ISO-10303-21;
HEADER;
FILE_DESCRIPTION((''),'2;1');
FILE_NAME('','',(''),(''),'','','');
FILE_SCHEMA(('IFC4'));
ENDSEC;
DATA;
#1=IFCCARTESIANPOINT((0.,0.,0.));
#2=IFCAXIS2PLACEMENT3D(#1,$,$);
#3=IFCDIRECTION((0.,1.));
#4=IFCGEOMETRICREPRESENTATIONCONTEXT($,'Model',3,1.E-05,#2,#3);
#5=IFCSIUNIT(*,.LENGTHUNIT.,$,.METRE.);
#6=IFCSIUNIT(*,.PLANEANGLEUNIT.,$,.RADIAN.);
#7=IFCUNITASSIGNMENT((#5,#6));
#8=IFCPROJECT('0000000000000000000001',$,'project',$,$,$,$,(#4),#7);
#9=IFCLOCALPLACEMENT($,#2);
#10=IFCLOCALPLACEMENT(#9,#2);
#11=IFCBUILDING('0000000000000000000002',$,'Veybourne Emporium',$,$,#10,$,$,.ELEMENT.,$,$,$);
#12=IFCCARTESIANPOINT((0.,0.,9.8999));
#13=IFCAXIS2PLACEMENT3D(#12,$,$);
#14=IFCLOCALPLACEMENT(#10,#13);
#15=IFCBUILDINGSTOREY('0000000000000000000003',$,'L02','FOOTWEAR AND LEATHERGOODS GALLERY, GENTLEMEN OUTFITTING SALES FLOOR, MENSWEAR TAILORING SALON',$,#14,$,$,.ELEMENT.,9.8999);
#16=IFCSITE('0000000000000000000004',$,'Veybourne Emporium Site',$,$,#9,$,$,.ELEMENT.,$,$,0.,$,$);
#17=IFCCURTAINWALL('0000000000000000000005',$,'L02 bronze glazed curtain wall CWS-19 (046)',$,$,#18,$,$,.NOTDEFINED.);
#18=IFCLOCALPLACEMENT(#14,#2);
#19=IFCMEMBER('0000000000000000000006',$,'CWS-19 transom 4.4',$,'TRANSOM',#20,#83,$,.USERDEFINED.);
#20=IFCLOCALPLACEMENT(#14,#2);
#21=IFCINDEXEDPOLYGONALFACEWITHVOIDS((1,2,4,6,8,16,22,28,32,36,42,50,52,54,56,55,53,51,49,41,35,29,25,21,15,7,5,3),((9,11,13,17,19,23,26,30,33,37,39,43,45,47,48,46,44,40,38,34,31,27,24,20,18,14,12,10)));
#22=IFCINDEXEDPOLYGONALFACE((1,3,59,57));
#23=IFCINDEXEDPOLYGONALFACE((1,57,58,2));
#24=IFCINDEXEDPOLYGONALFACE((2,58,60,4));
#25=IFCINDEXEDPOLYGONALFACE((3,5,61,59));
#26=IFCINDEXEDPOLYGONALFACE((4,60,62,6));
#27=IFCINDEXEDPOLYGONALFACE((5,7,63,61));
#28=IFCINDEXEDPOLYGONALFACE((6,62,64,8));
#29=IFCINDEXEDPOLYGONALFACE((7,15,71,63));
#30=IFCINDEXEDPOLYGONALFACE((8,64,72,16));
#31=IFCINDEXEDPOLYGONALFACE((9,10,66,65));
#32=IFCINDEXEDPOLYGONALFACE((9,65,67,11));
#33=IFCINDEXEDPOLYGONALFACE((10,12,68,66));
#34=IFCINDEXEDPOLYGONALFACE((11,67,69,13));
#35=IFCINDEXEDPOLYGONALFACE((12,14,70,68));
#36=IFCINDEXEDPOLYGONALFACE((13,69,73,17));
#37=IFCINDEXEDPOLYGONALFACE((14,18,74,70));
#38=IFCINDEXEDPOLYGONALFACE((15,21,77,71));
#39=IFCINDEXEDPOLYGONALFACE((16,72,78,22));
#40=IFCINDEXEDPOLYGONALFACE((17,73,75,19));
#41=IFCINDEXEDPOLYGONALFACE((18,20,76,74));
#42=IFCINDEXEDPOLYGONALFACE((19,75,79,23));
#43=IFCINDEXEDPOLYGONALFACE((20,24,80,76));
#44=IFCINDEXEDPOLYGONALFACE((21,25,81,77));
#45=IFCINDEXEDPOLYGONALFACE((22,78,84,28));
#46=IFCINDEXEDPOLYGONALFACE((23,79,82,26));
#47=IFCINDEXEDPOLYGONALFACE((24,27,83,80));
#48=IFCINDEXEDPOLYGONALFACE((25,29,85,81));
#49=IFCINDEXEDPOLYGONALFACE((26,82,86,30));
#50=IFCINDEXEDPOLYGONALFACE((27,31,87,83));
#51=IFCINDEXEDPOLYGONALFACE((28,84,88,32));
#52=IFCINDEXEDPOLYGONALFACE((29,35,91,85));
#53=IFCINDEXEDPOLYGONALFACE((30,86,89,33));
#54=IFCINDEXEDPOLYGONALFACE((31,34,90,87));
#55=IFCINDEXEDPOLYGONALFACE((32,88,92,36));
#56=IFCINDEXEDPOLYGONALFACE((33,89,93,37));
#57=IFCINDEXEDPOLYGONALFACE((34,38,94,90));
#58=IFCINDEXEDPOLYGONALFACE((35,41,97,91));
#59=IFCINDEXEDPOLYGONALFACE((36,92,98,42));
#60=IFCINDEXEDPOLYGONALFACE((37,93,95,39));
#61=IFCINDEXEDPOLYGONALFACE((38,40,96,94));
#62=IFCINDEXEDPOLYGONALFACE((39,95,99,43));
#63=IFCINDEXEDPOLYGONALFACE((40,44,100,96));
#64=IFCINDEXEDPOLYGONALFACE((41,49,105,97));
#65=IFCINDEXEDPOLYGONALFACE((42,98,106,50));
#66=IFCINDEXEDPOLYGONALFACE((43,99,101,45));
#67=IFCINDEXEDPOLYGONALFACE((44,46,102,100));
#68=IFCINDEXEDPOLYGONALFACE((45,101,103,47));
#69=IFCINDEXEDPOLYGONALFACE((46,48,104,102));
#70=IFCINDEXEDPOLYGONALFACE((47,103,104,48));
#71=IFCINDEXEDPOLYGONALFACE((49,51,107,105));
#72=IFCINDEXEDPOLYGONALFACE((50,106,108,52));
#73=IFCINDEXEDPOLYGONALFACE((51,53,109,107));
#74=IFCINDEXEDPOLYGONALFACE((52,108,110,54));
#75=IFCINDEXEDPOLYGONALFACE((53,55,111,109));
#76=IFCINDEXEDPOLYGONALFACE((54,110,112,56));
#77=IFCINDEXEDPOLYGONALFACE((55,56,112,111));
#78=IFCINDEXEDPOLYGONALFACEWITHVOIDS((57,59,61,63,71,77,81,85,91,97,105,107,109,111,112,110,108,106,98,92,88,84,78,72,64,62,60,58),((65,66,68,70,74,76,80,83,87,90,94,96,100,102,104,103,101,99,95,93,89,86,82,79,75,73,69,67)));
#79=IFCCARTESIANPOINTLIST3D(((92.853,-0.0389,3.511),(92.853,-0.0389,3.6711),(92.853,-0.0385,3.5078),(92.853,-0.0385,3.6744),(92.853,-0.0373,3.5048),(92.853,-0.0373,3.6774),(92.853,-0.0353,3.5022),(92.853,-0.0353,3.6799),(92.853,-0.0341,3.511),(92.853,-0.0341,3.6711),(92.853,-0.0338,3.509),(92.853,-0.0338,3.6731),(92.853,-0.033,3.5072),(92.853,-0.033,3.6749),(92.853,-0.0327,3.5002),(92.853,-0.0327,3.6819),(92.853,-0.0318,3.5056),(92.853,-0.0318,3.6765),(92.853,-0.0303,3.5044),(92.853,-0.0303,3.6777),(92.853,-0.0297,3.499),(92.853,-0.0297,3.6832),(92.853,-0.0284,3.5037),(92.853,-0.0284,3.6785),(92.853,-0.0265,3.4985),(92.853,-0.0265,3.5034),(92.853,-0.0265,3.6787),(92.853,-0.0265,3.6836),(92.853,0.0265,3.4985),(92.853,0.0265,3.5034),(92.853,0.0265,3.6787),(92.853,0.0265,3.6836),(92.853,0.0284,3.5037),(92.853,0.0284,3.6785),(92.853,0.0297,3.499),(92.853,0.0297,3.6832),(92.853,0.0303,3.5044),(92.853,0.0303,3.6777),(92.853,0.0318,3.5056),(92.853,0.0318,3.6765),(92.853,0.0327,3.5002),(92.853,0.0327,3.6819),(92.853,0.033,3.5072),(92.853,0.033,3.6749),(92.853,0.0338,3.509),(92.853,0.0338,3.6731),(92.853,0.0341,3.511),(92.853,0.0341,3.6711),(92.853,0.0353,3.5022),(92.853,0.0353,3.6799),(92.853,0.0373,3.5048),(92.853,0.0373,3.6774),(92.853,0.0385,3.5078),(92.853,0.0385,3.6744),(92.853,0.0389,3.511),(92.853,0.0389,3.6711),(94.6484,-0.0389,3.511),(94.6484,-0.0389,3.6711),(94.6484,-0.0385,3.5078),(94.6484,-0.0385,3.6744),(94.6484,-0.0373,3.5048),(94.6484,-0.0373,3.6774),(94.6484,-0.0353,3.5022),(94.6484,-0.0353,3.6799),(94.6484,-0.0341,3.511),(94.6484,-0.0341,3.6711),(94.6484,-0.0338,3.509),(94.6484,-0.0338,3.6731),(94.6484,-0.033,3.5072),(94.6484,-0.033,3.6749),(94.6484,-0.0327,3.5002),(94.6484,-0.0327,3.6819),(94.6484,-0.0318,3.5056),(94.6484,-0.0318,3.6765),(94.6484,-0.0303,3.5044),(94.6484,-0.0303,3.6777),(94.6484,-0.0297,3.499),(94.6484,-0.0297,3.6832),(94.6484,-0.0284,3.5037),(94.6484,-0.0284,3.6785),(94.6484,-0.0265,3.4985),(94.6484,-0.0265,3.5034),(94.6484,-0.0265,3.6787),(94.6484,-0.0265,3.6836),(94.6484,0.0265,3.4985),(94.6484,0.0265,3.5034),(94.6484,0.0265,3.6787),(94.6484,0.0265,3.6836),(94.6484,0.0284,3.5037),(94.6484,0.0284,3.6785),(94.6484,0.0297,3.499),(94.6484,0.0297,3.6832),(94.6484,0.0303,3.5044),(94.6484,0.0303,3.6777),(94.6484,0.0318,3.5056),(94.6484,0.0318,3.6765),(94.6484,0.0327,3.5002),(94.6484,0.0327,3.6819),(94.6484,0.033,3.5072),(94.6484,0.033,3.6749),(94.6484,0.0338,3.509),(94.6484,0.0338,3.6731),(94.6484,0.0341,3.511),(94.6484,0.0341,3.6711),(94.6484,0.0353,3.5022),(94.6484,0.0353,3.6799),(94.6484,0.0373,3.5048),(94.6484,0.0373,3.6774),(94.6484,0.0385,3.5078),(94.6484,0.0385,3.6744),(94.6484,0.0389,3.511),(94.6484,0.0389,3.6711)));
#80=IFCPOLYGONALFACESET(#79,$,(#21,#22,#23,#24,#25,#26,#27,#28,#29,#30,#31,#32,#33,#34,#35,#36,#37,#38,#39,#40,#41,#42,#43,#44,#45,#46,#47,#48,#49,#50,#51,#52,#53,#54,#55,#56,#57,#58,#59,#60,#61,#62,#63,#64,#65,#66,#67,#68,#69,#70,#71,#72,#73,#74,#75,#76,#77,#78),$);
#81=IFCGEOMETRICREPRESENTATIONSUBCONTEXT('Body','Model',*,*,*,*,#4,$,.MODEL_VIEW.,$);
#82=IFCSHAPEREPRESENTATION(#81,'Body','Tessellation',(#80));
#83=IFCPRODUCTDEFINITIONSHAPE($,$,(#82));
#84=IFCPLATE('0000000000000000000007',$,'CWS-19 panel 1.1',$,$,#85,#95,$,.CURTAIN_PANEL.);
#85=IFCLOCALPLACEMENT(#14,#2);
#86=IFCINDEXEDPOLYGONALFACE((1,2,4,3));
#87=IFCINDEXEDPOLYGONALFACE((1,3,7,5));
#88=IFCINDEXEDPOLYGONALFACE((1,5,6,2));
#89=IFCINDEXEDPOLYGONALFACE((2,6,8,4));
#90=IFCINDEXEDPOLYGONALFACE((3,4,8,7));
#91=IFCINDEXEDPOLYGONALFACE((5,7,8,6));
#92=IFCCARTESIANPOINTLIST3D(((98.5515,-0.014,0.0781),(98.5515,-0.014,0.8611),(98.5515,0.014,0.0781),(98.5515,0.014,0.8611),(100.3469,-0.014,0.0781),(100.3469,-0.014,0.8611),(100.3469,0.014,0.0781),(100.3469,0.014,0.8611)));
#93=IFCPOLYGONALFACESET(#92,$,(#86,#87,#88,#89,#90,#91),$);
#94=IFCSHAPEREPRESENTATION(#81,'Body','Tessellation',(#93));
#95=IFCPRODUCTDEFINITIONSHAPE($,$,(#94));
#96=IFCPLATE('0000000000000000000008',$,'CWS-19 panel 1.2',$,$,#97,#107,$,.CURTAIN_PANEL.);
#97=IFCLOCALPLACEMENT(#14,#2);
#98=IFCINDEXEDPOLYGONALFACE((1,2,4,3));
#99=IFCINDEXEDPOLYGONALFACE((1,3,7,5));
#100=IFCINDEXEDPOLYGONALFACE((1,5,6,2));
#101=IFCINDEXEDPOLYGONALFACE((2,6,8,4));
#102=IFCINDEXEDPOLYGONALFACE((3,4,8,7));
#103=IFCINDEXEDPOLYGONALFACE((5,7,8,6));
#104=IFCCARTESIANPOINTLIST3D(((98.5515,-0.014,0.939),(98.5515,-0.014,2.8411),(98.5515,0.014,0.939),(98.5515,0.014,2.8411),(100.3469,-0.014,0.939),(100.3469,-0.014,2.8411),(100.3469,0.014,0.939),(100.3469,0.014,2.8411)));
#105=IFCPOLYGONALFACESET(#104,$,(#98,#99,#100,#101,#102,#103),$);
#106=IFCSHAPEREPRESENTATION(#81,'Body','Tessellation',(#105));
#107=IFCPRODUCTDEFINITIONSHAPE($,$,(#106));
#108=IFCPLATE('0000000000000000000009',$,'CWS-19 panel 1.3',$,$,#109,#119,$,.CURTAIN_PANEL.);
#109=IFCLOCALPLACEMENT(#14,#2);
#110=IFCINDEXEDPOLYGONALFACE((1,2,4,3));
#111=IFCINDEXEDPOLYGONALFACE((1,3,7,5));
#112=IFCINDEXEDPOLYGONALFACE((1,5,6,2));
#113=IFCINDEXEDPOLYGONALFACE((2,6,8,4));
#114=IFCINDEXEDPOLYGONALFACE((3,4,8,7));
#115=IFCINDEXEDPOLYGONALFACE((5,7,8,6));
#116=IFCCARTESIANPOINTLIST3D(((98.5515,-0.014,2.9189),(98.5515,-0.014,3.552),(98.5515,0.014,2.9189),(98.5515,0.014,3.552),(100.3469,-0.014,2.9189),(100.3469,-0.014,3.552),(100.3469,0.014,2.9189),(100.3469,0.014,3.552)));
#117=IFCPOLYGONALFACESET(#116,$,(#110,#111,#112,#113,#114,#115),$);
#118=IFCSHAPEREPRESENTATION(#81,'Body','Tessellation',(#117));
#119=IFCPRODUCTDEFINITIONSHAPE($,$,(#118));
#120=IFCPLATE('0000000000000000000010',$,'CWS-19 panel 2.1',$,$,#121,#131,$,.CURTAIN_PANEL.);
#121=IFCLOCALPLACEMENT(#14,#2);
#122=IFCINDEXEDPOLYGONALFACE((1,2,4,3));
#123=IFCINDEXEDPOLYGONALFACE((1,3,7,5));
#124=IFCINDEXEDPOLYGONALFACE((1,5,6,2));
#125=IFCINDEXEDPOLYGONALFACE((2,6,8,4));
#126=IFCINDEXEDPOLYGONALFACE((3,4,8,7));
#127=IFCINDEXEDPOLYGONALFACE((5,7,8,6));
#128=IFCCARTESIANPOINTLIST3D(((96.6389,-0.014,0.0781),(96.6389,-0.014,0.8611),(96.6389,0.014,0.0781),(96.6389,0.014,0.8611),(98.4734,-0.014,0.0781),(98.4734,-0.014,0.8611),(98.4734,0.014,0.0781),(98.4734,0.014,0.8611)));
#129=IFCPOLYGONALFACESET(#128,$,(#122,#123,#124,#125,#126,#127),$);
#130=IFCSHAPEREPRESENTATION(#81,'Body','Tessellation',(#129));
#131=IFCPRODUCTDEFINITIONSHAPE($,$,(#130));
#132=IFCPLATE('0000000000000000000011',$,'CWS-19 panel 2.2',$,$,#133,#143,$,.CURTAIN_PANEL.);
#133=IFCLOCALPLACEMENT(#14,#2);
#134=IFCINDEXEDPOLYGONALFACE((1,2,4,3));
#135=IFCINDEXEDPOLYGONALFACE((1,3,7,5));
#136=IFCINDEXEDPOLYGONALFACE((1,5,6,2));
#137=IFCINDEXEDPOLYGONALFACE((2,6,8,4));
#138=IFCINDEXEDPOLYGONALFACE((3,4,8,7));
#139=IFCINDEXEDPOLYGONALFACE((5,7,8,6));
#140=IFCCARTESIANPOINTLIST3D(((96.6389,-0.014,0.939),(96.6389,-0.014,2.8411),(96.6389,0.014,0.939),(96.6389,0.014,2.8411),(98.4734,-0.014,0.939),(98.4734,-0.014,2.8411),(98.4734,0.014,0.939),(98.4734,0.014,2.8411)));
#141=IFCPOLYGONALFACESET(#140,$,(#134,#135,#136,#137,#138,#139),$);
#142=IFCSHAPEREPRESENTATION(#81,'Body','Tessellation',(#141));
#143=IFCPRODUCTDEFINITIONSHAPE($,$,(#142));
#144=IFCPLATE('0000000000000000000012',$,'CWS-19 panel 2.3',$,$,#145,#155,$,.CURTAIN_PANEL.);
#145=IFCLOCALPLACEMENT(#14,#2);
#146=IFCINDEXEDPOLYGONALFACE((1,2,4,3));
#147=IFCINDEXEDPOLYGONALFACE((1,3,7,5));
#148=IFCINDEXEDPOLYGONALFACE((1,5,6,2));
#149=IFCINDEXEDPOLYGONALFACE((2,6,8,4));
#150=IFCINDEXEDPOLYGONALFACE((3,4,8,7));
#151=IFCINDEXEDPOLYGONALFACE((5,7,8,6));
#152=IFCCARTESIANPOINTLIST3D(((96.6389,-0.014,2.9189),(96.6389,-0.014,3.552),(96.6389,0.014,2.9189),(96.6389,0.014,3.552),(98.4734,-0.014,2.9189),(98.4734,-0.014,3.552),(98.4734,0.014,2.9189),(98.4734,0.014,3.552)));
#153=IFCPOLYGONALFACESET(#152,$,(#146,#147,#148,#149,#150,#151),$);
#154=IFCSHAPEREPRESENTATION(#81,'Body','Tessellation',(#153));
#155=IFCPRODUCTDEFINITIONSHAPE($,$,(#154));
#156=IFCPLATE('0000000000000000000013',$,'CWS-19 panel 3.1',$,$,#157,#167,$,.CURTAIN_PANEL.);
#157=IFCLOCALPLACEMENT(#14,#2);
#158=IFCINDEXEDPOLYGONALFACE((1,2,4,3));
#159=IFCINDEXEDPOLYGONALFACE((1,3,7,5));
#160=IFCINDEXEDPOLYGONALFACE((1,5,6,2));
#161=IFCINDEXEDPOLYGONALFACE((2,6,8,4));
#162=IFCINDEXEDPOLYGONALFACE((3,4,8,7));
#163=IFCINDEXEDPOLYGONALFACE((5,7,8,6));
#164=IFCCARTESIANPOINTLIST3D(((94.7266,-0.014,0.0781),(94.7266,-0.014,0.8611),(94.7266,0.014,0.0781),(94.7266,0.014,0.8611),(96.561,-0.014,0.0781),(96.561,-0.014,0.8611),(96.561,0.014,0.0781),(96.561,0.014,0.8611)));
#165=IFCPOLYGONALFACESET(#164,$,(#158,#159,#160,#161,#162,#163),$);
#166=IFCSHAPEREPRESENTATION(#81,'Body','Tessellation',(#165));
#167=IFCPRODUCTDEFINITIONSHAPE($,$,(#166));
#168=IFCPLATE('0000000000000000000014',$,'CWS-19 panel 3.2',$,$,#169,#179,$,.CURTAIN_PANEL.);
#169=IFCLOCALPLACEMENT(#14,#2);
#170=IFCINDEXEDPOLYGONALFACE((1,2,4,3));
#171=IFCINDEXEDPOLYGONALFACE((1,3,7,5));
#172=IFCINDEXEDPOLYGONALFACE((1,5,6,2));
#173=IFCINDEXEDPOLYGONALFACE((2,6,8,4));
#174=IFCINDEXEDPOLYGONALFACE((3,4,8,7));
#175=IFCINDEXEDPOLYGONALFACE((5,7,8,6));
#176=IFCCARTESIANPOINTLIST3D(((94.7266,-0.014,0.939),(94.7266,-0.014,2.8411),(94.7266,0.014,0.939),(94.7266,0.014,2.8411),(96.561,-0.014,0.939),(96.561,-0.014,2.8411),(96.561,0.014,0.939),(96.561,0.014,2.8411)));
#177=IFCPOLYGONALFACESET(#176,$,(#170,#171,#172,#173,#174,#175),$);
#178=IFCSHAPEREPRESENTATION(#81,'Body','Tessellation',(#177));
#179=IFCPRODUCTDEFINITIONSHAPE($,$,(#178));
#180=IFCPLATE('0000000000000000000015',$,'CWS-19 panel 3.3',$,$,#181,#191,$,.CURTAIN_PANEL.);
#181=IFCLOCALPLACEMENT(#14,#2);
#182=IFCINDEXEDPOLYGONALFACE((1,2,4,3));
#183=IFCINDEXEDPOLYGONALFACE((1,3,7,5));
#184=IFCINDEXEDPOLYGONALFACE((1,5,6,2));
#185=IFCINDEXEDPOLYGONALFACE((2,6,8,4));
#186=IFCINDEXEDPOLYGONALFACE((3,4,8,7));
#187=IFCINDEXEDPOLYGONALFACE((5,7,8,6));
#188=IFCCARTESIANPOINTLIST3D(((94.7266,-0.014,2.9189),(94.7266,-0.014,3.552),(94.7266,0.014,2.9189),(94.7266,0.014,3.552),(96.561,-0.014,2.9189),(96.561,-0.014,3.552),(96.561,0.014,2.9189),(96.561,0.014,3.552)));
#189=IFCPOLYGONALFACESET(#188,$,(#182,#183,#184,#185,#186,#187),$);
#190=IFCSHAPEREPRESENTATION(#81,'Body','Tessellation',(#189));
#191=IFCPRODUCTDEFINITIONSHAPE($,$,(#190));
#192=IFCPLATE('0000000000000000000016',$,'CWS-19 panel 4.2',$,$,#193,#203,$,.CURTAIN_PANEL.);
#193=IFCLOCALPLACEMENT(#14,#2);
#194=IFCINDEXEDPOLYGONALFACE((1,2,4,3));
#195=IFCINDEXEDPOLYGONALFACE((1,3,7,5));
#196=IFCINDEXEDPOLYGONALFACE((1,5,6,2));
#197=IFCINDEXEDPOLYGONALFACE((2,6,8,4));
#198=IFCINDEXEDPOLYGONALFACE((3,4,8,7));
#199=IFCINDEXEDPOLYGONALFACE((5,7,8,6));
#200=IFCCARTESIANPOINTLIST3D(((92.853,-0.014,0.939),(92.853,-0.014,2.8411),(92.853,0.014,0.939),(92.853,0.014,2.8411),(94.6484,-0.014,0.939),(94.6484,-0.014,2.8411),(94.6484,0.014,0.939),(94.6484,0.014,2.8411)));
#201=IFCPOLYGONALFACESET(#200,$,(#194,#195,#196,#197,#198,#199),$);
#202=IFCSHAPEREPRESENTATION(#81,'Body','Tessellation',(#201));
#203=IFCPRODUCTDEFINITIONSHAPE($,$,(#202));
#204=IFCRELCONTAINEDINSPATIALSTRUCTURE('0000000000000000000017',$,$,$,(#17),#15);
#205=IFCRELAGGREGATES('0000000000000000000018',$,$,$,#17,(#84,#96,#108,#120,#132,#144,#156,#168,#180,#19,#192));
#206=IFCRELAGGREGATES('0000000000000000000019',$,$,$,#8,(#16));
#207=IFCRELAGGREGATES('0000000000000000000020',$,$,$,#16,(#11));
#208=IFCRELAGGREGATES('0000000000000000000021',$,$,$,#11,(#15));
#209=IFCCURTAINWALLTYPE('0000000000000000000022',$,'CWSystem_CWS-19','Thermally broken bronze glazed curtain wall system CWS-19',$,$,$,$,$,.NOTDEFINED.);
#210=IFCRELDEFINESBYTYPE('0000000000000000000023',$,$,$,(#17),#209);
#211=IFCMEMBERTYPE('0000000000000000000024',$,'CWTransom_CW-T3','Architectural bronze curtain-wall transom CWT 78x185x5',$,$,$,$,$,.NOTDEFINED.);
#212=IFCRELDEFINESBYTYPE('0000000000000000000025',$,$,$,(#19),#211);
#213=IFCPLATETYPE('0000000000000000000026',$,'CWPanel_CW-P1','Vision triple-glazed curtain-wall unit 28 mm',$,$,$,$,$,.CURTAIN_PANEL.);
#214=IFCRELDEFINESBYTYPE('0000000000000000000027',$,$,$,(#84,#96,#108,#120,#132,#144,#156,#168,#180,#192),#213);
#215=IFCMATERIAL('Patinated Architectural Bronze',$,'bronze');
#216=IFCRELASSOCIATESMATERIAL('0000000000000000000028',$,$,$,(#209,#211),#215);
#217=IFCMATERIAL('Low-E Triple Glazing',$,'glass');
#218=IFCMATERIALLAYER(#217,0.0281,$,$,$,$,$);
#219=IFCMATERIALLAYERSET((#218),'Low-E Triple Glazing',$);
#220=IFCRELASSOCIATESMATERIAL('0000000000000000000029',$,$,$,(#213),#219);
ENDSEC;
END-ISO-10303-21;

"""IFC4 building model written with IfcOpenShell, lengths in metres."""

from ifc_helpers import new_model, si_unit, direction, frame, origin, origin_2d, place, context, subcontext, project, spatial, rectangle, hollow_rectangle, extrude, material, layer, layer_set, material_profile, profile_set, type_object, element, aggregate, save


model = new_model("IFC4")

# Units and contexts
model_context = context("Model", 3, precision=1e-05, world=origin(), true_north=direction((0.0, 1.0)))
body_context = subcontext(model_context, "Body", "Model", "MODEL_VIEW")
ifc_project = project(units=[si_unit("LENGTHUNIT", "METRE"), si_unit("PLANEANGLEUNIT", "RADIAN")], contexts=[model_context])

# Site, building, storey
site_placement = place(None, origin())
site = spatial("IfcSite", under=ifc_project, at=site_placement, Name="Veybourne Emporium Site", CompositionType="ELEMENT", RefElevation=0.0)
building_placement = place(site_placement, origin())
building = spatial("IfcBuilding", under=site, at=building_placement, Name="Veybourne Emporium", CompositionType="ELEMENT")
storey_placement = place(building_placement, frame((0.0, 0.0, 9.8999)))
storey = spatial("IfcBuildingStorey", under=building, at=storey_placement, Name="L02", Description="FOOTWEAR AND LEATHERGOODS GALLERY, GENTLEMEN OUTFITTING SALES FLOOR, MENSWEAR TAILORING SALON", CompositionType="ELEMENT", Elevation=9.8999)

# Curtain wall, member, plates
ifc_material_1 = material(Name="Patinated Architectural Bronze", Category="bronze")
curtain_wall_type = type_object("IfcCurtainWallType", Name="CWSystem_CWS-19", Description="Thermally broken bronze glazed curtain wall system CWS-19", PredefinedType="NOTDEFINED", material=ifc_material_1)
curtain_wall_placement = place(storey_placement, origin())
curtain_wall = element("IfcCurtainWall", 1, at=curtain_wall_placement, inside=storey, type_object=curtain_wall_type, Name="L02 bronze glazed curtain wall CWS-19 (046)", PredefinedType="NOTDEFINED")
ifc_material_profile_1 = material_profile(ifc_material_1, hollow_rectangle(XDim=0.0779, YDim=0.1851, WallThickness=0.0049, InnerFilletRadius=0.0076, OuterFilletRadius=0.0125, at=origin_2d()), Name="CWT 78x185x5")
ifc_profile_set_1 = profile_set([ifc_material_profile_1], Name="Patinated Architectural Bronze")
member_type_1 = type_object("IfcMemberType", Name="CWTransom_CW-T3", Description="Architectural bronze curtain-wall transom CWT 78x185x5", PredefinedType="NOTDEFINED", material=ifc_profile_set_1)
member_1_placement = place(storey_placement, frame((94.6484, 0.0, 3.5911), z_axis=(-1.0, 0.0, 0.0), x_axis=(0.0, -1.0, 0.0)))
member_1 = element("IfcMember", 2, at=member_1_placement, type_object=member_type_1, Name="CWS-19 transom 4.4", ObjectType="TRANSOM", PredefinedType="USERDEFINED", context=body_context, shape_type="SweptSolid", body=[
    extrude(hollow_rectangle(XDim=0.0779, YDim=0.1851, WallThickness=0.0049, InnerFilletRadius=0.0076, OuterFilletRadius=0.0125, at=origin_2d()), origin(), (0.0, 0.0, 1.0), 1.7954),
])
ifc_material_2 = material(Name="Low-E Triple Glazing", Category="glass")
ifc_layer_1 = layer(ifc_material_2, 0.0281)
ifc_layer_set_1 = layer_set([ifc_layer_1], Name="Low-E Triple Glazing")
plate_type = type_object("IfcPlateType", Name="CWPanel_CW-P1", Description="Vision triple-glazed curtain-wall unit 28 mm", PredefinedType="CURTAIN_PANEL", material=ifc_layer_set_1)
plate_1_placement = place(storey_placement, frame((99.4492, 0.0, 0.0781), z_axis=(0.0, 0.0, 1.0), x_axis=(-1.0, 0.0, 0.0)))
plate_1 = element("IfcPlate", 3, at=plate_1_placement, type_object=plate_type, Name="CWS-19 panel 1.1", PredefinedType="CURTAIN_PANEL", context=body_context, shape_type="SweptSolid", body=[
    extrude(rectangle(XDim=1.7954, YDim=0.0281, at=origin_2d()), origin(), (0.0, 0.0, 1.0), 0.783),
])
plate_2_placement = place(storey_placement, frame((99.4492, 0.0, 0.939), z_axis=(0.0, 0.0, 1.0), x_axis=(-1.0, 0.0, 0.0)))
plate_2 = element("IfcPlate", 4, at=plate_2_placement, type_object=plate_type, Name="CWS-19 panel 1.2", PredefinedType="CURTAIN_PANEL", context=body_context, shape_type="SweptSolid", body=[
    extrude(rectangle(XDim=1.7954, YDim=0.0281, at=origin_2d()), origin(), (0.0, 0.0, 1.0), 1.9021),
])
plate_3_placement = place(storey_placement, frame((99.4492, 0.0, 2.9189), z_axis=(0.0, 0.0, 1.0), x_axis=(-1.0, 0.0, 0.0)))
plate_3 = element("IfcPlate", 5, at=plate_3_placement, type_object=plate_type, Name="CWS-19 panel 1.3", PredefinedType="CURTAIN_PANEL", context=body_context, shape_type="SweptSolid", body=[
    extrude(rectangle(XDim=1.7954, YDim=0.0281, at=origin_2d()), origin(), (0.0, 0.0, 1.0), 0.6331),
])
plate_4_placement = place(storey_placement, frame((97.5562, 0.0, 0.0781), z_axis=(0.0, 0.0, 1.0), x_axis=(-1.0, 0.0, 0.0)))
plate_4 = element("IfcPlate", 6, at=plate_4_placement, type_object=plate_type, Name="CWS-19 panel 2.1", PredefinedType="CURTAIN_PANEL", context=body_context, shape_type="SweptSolid", body=[
    extrude(rectangle(XDim=1.8345, YDim=0.0281, at=origin_2d()), origin(), (0.0, 0.0, 1.0), 0.783),
])
plate_5_placement = place(storey_placement, frame((97.5562, 0.0, 0.939), z_axis=(0.0, 0.0, 1.0), x_axis=(-1.0, 0.0, 0.0)))
plate_5 = element("IfcPlate", 7, at=plate_5_placement, type_object=plate_type, Name="CWS-19 panel 2.2", PredefinedType="CURTAIN_PANEL", context=body_context, shape_type="SweptSolid", body=[
    extrude(rectangle(XDim=1.8345, YDim=0.0281, at=origin_2d()), origin(), (0.0, 0.0, 1.0), 1.9021),
])
plate_6_placement = place(storey_placement, frame((97.5562, 0.0, 2.9189), z_axis=(0.0, 0.0, 1.0), x_axis=(-1.0, 0.0, 0.0)))
plate_6 = element("IfcPlate", 8, at=plate_6_placement, type_object=plate_type, Name="CWS-19 panel 2.3", PredefinedType="CURTAIN_PANEL", context=body_context, shape_type="SweptSolid", body=[
    extrude(rectangle(XDim=1.8345, YDim=0.0281, at=origin_2d()), origin(), (0.0, 0.0, 1.0), 0.6331),
])
plate_7_placement = place(storey_placement, frame((95.6438, 0.0, 0.0781), z_axis=(0.0, 0.0, 1.0), x_axis=(-1.0, 0.0, 0.0)))
plate_7 = element("IfcPlate", 9, at=plate_7_placement, type_object=plate_type, Name="CWS-19 panel 3.1", PredefinedType="CURTAIN_PANEL", context=body_context, shape_type="SweptSolid", body=[
    extrude(rectangle(XDim=1.8345, YDim=0.0281, at=origin_2d()), origin(), (0.0, 0.0, 1.0), 0.783),
])
plate_8_placement = place(storey_placement, frame((95.6438, 0.0, 0.939), z_axis=(0.0, 0.0, 1.0), x_axis=(-1.0, 0.0, 0.0)))
plate_8 = element("IfcPlate", 10, at=plate_8_placement, type_object=plate_type, Name="CWS-19 panel 3.2", PredefinedType="CURTAIN_PANEL", context=body_context, shape_type="SweptSolid", body=[
    extrude(rectangle(XDim=1.8345, YDim=0.0281, at=origin_2d()), origin(), (0.0, 0.0, 1.0), 1.9021),
])
plate_9_placement = place(storey_placement, frame((95.6438, 0.0, 2.9189), z_axis=(0.0, 0.0, 1.0), x_axis=(-1.0, 0.0, 0.0)))
plate_9 = element("IfcPlate", 11, at=plate_9_placement, type_object=plate_type, Name="CWS-19 panel 3.3", PredefinedType="CURTAIN_PANEL", context=body_context, shape_type="SweptSolid", body=[
    extrude(rectangle(XDim=1.8345, YDim=0.0281, at=origin_2d()), origin(), (0.0, 0.0, 1.0), 0.6331),
])
plate_10_placement = place(storey_placement, frame((93.7507, 0.0, 0.939), z_axis=(0.0, 0.0, 1.0), x_axis=(-1.0, 0.0, 0.0)))
plate_10 = element("IfcPlate", 12, at=plate_10_placement, type_object=plate_type, Name="CWS-19 panel 4.2", PredefinedType="CURTAIN_PANEL", context=body_context, shape_type="SweptSolid", body=[
    extrude(rectangle(XDim=1.7954, YDim=0.0281, at=origin_2d()), origin(), (0.0, 0.0, 1.0), 1.9021),
])
aggregate(curtain_wall, [plate_1, plate_2, plate_3, plate_4, plate_5, plate_6, plate_7, plate_8, plate_9, member_1, plate_10])

save(model, "model.ifc")
